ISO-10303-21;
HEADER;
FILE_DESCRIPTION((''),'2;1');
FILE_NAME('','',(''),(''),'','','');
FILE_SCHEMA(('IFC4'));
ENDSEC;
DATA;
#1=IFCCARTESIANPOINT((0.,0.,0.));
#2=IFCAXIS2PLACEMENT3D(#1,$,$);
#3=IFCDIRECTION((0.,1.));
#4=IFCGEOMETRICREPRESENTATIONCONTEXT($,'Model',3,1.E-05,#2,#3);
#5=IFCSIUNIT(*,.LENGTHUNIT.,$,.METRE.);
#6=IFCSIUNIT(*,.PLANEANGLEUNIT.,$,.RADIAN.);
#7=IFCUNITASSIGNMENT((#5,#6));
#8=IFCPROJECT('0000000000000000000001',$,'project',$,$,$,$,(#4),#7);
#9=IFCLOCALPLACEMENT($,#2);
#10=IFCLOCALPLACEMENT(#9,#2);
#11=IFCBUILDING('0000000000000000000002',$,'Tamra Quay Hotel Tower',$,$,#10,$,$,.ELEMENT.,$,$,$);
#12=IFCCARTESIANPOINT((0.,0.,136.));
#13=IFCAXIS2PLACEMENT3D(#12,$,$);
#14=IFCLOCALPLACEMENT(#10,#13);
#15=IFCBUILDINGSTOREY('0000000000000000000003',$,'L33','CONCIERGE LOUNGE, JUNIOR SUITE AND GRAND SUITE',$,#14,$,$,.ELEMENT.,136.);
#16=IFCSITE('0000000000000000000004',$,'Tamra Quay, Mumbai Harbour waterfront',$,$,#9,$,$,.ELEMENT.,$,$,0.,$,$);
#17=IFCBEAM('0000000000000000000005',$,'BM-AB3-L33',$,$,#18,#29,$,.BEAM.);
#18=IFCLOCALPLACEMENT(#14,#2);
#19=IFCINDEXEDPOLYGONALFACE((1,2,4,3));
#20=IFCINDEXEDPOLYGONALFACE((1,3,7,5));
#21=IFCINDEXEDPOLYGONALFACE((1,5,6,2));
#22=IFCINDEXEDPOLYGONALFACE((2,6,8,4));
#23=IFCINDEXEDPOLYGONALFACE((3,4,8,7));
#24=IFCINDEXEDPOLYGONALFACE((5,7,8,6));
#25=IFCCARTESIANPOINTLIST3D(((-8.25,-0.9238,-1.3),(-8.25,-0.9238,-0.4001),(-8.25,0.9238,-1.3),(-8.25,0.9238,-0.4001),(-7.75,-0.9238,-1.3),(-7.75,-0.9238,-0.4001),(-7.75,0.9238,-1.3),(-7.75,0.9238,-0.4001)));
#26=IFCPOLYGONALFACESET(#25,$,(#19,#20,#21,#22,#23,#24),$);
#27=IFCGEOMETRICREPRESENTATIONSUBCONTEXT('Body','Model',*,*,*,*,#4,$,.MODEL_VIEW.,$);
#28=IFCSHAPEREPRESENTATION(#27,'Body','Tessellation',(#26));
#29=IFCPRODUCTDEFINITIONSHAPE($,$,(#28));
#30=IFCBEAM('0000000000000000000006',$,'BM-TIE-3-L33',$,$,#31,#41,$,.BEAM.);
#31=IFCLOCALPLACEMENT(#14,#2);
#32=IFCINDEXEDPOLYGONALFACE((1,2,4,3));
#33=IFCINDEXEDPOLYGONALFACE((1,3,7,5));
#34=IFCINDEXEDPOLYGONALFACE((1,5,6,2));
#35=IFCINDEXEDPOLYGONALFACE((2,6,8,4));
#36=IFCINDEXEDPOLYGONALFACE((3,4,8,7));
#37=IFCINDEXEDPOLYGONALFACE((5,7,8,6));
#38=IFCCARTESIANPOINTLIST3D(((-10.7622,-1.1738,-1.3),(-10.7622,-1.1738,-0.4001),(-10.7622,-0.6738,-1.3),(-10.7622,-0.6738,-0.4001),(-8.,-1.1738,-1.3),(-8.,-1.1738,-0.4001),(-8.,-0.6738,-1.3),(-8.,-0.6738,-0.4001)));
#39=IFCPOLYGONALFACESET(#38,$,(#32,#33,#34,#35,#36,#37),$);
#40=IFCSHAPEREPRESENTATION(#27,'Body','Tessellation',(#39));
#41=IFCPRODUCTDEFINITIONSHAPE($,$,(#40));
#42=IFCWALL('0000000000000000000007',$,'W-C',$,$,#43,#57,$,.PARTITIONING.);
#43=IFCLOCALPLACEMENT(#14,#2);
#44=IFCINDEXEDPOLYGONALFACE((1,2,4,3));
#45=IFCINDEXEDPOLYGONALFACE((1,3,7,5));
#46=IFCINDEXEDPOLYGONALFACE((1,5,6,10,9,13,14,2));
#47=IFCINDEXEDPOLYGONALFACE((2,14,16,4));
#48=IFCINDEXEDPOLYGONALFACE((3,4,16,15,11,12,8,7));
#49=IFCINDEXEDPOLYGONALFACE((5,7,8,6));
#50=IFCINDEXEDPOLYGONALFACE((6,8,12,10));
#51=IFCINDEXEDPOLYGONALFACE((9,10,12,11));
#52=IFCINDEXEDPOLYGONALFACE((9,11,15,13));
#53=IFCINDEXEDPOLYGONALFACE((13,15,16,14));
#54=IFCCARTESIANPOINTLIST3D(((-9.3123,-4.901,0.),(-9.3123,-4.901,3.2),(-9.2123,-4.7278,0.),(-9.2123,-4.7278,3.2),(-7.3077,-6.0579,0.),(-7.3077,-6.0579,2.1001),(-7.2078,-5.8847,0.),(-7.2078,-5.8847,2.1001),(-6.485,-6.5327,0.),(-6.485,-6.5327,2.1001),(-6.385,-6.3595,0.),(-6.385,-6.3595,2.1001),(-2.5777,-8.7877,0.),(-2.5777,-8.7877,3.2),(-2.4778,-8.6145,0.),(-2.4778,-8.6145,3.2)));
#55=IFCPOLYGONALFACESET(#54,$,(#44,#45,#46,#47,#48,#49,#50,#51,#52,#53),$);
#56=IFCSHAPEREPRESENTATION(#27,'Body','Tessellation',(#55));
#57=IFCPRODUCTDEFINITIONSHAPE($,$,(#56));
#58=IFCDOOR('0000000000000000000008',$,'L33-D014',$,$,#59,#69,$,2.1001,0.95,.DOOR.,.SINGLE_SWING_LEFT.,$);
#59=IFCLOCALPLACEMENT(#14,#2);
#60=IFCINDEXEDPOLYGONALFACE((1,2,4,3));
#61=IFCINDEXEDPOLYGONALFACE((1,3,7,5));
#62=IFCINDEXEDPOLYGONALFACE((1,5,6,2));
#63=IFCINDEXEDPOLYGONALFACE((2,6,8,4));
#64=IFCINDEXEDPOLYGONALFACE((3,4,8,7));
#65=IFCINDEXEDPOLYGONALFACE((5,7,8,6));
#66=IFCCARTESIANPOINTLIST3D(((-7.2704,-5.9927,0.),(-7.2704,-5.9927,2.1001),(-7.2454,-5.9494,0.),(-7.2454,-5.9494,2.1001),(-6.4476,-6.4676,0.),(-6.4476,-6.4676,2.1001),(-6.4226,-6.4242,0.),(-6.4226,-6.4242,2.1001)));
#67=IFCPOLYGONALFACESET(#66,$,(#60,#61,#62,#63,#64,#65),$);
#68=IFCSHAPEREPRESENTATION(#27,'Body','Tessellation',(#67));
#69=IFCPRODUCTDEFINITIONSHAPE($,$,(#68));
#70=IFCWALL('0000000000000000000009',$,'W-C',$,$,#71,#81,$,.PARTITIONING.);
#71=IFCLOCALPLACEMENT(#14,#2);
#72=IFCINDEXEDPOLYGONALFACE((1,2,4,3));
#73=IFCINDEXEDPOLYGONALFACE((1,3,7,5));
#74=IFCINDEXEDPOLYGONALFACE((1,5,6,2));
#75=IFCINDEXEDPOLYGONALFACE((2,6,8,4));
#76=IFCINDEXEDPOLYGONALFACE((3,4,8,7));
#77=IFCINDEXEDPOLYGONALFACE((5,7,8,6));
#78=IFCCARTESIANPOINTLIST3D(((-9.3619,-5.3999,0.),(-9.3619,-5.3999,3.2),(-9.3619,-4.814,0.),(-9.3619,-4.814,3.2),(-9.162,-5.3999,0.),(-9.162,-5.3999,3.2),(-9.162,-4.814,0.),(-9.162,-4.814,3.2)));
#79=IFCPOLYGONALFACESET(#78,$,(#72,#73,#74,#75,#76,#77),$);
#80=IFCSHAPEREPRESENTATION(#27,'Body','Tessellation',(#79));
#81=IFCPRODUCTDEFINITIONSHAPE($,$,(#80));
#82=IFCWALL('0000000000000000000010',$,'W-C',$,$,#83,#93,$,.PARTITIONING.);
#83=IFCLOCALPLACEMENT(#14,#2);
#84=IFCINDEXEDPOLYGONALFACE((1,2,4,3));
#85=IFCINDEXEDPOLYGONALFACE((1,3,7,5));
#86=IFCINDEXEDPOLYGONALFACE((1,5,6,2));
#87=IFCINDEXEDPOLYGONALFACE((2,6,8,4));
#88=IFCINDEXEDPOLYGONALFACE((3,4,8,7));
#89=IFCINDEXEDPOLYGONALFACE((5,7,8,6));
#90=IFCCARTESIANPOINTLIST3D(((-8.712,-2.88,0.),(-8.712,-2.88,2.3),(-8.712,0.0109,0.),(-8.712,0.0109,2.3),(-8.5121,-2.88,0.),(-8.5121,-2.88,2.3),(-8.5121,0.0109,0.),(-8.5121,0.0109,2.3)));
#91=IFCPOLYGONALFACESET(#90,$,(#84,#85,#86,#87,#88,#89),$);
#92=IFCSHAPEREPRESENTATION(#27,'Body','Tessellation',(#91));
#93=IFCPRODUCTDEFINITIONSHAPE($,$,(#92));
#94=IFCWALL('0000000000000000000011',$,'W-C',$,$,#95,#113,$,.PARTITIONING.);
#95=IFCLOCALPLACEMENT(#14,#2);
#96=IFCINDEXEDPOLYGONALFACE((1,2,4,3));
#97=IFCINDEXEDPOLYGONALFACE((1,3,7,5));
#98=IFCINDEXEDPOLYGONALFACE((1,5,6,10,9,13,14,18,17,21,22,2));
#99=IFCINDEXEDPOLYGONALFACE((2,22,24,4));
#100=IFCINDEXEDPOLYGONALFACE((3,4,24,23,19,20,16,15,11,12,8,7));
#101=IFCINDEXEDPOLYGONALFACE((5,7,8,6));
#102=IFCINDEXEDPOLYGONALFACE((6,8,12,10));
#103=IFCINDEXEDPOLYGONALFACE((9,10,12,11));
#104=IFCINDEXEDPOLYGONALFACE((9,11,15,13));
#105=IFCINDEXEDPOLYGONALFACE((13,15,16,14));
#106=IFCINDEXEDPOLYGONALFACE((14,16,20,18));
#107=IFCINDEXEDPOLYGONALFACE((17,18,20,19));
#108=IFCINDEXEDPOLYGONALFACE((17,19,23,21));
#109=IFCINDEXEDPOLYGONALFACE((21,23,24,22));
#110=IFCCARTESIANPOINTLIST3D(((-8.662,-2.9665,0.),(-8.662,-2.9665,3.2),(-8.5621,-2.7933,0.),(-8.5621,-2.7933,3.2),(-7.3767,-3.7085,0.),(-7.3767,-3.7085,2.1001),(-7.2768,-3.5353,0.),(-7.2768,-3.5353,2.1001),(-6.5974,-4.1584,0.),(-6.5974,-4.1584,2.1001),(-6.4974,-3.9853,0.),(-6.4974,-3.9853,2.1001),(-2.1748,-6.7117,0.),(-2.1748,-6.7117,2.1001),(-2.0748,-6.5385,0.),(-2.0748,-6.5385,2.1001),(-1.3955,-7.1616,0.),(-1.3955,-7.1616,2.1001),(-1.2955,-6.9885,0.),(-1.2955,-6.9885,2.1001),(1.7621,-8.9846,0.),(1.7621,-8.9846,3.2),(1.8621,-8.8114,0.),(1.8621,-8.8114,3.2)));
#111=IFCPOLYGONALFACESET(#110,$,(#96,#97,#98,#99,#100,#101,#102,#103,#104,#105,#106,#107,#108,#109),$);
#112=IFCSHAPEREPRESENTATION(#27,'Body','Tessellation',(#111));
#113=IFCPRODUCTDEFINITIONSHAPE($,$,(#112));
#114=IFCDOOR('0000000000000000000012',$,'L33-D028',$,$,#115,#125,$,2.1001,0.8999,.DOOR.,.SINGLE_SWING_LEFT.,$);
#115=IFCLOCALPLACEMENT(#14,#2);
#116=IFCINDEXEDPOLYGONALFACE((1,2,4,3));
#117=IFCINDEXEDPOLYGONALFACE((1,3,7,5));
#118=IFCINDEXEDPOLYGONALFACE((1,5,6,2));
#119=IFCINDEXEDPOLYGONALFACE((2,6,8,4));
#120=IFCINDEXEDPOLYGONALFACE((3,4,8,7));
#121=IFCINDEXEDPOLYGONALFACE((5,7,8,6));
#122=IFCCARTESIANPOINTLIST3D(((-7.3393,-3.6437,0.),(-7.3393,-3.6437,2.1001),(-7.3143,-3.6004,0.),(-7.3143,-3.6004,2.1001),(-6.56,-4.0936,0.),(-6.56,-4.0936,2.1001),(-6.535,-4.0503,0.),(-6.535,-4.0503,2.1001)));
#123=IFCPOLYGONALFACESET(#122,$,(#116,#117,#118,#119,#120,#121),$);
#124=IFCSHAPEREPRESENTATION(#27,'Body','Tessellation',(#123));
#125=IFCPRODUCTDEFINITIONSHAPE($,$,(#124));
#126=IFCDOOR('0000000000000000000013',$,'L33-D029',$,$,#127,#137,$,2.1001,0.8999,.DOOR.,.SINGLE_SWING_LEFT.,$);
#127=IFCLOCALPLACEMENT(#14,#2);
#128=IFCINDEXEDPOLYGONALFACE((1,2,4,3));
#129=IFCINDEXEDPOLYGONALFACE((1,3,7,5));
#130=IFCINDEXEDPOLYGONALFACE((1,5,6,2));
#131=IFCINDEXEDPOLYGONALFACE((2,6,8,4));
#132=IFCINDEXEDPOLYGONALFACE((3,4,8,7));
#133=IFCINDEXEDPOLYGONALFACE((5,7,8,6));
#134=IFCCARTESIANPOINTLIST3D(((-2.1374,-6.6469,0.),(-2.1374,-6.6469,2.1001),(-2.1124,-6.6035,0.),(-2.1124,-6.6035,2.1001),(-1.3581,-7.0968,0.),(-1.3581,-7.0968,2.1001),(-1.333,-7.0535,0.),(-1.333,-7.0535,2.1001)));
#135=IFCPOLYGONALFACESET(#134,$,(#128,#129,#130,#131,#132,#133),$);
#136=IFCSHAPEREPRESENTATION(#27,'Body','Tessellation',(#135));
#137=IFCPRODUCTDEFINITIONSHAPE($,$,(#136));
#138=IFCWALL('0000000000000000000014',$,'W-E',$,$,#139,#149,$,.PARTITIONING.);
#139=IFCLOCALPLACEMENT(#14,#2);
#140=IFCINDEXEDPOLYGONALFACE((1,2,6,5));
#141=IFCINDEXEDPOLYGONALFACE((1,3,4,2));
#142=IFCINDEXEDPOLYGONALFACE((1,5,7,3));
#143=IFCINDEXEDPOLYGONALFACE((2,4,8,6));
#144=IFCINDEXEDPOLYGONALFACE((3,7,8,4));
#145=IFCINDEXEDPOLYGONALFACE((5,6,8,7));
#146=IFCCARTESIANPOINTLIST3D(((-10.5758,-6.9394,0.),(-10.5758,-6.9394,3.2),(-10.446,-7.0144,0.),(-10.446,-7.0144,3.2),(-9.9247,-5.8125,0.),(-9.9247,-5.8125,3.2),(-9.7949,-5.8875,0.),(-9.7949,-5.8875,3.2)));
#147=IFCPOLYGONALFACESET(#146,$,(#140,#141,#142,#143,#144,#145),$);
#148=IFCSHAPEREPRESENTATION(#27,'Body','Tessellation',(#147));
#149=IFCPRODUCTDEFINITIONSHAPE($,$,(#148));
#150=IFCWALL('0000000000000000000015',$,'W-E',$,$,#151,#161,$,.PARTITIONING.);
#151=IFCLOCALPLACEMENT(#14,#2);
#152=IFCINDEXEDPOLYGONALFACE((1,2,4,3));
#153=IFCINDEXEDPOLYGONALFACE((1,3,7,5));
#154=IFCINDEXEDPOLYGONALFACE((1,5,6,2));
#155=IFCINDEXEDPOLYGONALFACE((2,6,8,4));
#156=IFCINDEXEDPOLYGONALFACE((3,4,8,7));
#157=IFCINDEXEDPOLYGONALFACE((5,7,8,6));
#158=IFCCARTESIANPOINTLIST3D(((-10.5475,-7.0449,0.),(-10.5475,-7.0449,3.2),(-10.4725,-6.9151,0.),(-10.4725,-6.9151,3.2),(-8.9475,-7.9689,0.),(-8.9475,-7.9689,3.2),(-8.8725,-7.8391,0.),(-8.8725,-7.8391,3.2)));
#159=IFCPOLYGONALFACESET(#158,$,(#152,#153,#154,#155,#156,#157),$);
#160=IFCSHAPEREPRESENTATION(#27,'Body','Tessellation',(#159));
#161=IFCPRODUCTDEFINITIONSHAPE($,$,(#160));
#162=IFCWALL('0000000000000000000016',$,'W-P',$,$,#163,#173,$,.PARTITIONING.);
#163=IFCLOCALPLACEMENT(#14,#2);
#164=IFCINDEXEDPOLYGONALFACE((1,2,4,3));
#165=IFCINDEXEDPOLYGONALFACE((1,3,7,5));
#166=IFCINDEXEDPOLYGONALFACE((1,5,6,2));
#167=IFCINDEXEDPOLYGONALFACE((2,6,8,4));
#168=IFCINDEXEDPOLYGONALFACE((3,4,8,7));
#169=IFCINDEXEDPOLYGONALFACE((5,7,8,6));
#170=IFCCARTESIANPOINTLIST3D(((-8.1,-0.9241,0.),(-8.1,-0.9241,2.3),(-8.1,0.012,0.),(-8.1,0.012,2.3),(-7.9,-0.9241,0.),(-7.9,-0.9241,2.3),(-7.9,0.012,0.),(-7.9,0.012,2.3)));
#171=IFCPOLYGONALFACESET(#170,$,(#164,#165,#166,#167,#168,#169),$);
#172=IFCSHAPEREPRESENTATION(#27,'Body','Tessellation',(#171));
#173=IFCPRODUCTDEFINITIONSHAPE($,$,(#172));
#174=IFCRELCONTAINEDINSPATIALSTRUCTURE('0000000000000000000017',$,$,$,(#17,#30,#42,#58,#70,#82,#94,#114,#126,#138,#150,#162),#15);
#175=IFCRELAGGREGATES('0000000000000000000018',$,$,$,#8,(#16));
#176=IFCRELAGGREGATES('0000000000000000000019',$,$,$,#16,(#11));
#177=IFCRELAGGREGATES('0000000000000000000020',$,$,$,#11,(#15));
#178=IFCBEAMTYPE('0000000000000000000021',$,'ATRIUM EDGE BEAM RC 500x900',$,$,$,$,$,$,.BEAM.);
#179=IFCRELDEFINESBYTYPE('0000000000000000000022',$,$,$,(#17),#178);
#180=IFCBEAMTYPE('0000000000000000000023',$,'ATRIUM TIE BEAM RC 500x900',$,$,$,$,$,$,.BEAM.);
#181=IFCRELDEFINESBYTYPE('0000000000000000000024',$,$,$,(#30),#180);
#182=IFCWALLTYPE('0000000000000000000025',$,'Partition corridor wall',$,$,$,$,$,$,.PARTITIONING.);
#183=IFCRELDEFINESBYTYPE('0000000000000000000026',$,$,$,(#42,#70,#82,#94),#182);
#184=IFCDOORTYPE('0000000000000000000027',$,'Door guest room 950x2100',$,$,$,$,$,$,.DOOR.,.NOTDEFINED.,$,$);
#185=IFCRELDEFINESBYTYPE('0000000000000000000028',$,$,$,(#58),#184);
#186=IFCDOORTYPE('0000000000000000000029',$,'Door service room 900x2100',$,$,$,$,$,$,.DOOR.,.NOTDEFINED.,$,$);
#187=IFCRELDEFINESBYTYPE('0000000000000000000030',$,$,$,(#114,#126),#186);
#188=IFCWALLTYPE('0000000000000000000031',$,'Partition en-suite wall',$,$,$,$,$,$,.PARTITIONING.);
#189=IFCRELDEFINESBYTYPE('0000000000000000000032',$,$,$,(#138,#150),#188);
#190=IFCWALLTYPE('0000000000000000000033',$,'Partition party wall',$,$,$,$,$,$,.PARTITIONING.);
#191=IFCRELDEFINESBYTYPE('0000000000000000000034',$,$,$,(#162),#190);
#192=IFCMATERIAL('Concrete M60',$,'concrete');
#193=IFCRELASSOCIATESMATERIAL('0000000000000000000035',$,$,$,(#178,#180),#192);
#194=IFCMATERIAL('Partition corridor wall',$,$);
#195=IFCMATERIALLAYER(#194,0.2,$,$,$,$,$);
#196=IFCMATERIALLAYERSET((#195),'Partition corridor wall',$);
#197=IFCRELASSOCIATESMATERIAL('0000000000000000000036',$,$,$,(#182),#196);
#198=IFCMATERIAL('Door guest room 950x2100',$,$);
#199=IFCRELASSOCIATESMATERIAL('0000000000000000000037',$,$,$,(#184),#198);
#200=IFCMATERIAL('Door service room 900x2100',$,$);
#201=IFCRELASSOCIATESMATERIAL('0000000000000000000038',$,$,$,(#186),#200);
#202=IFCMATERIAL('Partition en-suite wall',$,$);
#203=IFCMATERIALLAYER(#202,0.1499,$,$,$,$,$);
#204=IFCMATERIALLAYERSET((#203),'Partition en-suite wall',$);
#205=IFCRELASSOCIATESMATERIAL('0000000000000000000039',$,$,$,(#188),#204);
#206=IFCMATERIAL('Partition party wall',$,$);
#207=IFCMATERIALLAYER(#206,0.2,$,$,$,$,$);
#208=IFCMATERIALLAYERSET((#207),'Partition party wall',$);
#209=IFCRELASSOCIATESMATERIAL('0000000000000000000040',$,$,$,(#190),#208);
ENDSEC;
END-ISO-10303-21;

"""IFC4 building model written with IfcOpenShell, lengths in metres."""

from ifc_helpers import new_model, si_unit, direction, frame, frame_2d, origin, origin_2d, place, context, subcontext, project, spatial, rectangle, extrude, material, layer, layer_set, material_profile, profile_set, type_object, element, fill, save


model = new_model("IFC4")

# Units and contexts
model_context = context("Model", 3, precision=1e-05, world=origin(), true_north=direction((0.0, 1.0)))
body_context = subcontext(model_context, "Body", "Model", "MODEL_VIEW")
ifc_project = project(units=[si_unit("LENGTHUNIT", "METRE"), si_unit("PLANEANGLEUNIT", "RADIAN")], contexts=[model_context])

# Site, building, storey
site_placement = place(None, origin())
site = spatial("IfcSite", under=ifc_project, at=site_placement, Name="Tamra Quay, Mumbai Harbour waterfront", CompositionType="ELEMENT", RefElevation=0.0)
building_placement = place(site_placement, origin())
building = spatial("IfcBuilding", under=site, at=building_placement, Name="Tamra Quay Hotel Tower", CompositionType="ELEMENT")
storey_placement = place(building_placement, frame((0.0, 0.0, 136.0)))
storey = spatial("IfcBuildingStorey", under=building, at=storey_placement, Name="L33", Description="CONCIERGE LOUNGE, JUNIOR SUITE AND GRAND SUITE", CompositionType="ELEMENT", Elevation=136.0)

# Beams
ifc_material_1 = material(Name="Concrete M60", Category="concrete")
ifc_material_profile_1 = material_profile(ifc_material_1, rectangle(XDim=0.5, YDim=0.8999, at=origin_2d()), Name="ATRIUM EDGE BEAM RC 500x900")
ifc_profile_set_1 = profile_set([ifc_material_profile_1], Name="Concrete M60")
beam_type_1 = type_object("IfcBeamType", Name="ATRIUM EDGE BEAM RC 500x900", PredefinedType="BEAM", material=ifc_profile_set_1)
beam_1_placement = place(storey_placement, frame((-8.0, -0.9238, -0.8501), z_axis=(0.0, 1.0, 0.0), x_axis=(-1.0, 0.0, 0.0)))
element("IfcBeam", 1, at=beam_1_placement, inside=storey, type_object=beam_type_1, Name="BM-AB3-L33", PredefinedType="BEAM", context=body_context, shape_type="SweptSolid", body=[
    extrude(rectangle(XDim=0.5, YDim=0.8999, at=origin_2d()), origin(), (0.0, 0.0, 1.0), 1.8477),
])
ifc_material_profile_2 = material_profile(ifc_material_1, rectangle(XDim=0.5, YDim=0.8999, at=origin_2d()), Name="ATRIUM TIE BEAM RC 500x900")
ifc_profile_set_2 = profile_set([ifc_material_profile_2], Name="Concrete M60")
beam_type_2 = type_object("IfcBeamType", Name="ATRIUM TIE BEAM RC 500x900", PredefinedType="BEAM", material=ifc_profile_set_2)
beam_2_placement = place(storey_placement, frame((-8.0, -0.9238, -0.8501), z_axis=(-1.0, 0.0, 0.0), x_axis=(0.0, -1.0, 0.0)))
element("IfcBeam", 2, at=beam_2_placement, inside=storey, type_object=beam_type_2, Name="BM-TIE-3-L33", PredefinedType="BEAM", context=body_context, shape_type="SweptSolid", body=[
    extrude(rectangle(XDim=0.5, YDim=0.8999, at=origin_2d()), origin(), (0.0, 0.0, 1.0), 2.7622),
])

# Wall, opening, door
ifc_material_2 = material(Name="Partition corridor wall")
ifc_layer_1 = layer(ifc_material_2, 0.2)
ifc_layer_set_1 = layer_set([ifc_layer_1], Name="Partition corridor wall")
wall_type_1 = type_object("IfcWallType", Name="Partition corridor wall", PredefinedType="PARTITIONING", material=ifc_layer_set_1)
wall_1_placement = place(storey_placement, frame((-9.2622, -4.8145, 0.0), z_axis=(0.0, 0.0, 1.0), x_axis=(0.86611, -0.499854, 0.0)))
wall_1 = element("IfcWall", 3, at=wall_1_placement, inside=storey, type_object=wall_type_1, Name="W-C", PredefinedType="PARTITIONING", context=body_context, shape_type="SweptSolid", body=[
    extrude(rectangle(XDim=7.7756, YDim=0.2, at=frame_2d((3.8877, 0.0))), origin(), (0.0, 0.0, 1.0), 3.2),
])
opening_1_placement = place(wall_1_placement, frame((2.3142, 0.0, 0.0)))
opening_1 = element("IfcOpeningElement", 4, at=opening_1_placement, cuts=wall_1, PredefinedType="OPENING", context=body_context, shape_type="SweptSolid", body=[
    extrude(rectangle(XDim=0.95, YDim=2.1001, at=frame_2d((0.4751, 1.05))), frame((0.0, 0.1099, 0.0), z_axis=(0.0, -1.0, 0.0), x_axis=(1.0, 0.0, 0.0)), (0.0, 0.0, 1.0), 0.22),
])
ifc_material_3 = material(Name="Door guest room 950x2100")
door_type_1 = type_object("IfcDoorType", Name="Door guest room 950x2100", OperationType="NOTDEFINED", PredefinedType="DOOR", material=ifc_material_3)
door_1_placement = place(opening_1_placement, frame((0.95, 0.0, 0.0), z_axis=(0.0, 0.0, 1.0), x_axis=(-1.0, 0.0, 0.0)))
door_1 = element("IfcDoor", 5, at=door_1_placement, inside=storey, type_object=door_type_1, Name="L33-D014", OperationType="SINGLE_SWING_LEFT", OverallHeight=2.1001, OverallWidth=0.95, PredefinedType="DOOR", context=body_context, shape_type="SweptSolid", body=[
    extrude(rectangle(XDim=0.95, YDim=2.1001, at=frame_2d((0.4751, 1.05))), frame((0.0, 0.0249, 0.0), z_axis=(0.0, -1.0, 0.0), x_axis=(1.0, 0.0, 0.0)), (0.0, 0.0, 1.0), 0.05),
])
fill(opening_1, door_1)

# Walls
wall_2_placement = place(storey_placement, frame((-9.262, -5.3999, 0.0), z_axis=(0.0, 0.0, 1.0), x_axis=(0.0, 1.0, 0.0)))
element("IfcWall", 6, at=wall_2_placement, inside=storey, type_object=wall_type_1, Name="W-C", PredefinedType="PARTITIONING", context=body_context, shape_type="SweptSolid", body=[
    extrude(rectangle(XDim=0.5859, YDim=0.2, at=frame_2d((0.293, 0.0))), origin(), (0.0, 0.0, 1.0), 3.2),
])
wall_3_placement = place(storey_placement, frame((-8.6121, -2.8799, 0.0), z_axis=(0.0, 0.0, 1.0), x_axis=(0.0, 1.0, 0.0)))
element("IfcWall", 7, at=wall_3_placement, inside=storey, type_object=wall_type_1, Name="W-C", PredefinedType="PARTITIONING", context=body_context, shape_type="SweptSolid", body=[
    extrude(rectangle(XDim=2.8909, YDim=0.2, at=frame_2d((1.4453, 0.0))), origin(), (0.0, 0.0, 1.0), 2.3),
])

# Wall, openings, doors
wall_4_placement = place(storey_placement, frame((-8.6121, -2.8799, 0.0), z_axis=(0.0, 0.0, 1.0), x_axis=(0.866035, -0.499983, 0.0)))
wall_4 = element("IfcWall", 8, at=wall_4_placement, inside=storey, type_object=wall_type_1, Name="W-C", PredefinedType="PARTITIONING", context=body_context, shape_type="SweptSolid", body=[
    extrude(rectangle(XDim=12.0366, YDim=0.2, at=frame_2d((6.0183, 0.0))), origin(), (0.0, 0.0, 1.0), 3.2),
])
opening_2_placement = place(wall_4_placement, frame((1.4841, 0.0, 0.0)))
opening_2 = element("IfcOpeningElement", 9, at=opening_2_placement, cuts=wall_4, PredefinedType="OPENING", context=body_context, shape_type="SweptSolid", body=[
    extrude(rectangle(XDim=0.8999, YDim=2.1001, at=frame_2d((0.45, 1.05))), frame((0.0, 0.1099, 0.0), z_axis=(0.0, -1.0, 0.0), x_axis=(1.0, 0.0, 0.0)), (0.0, 0.0, 1.0), 0.22),
])
opening_3_placement = place(wall_4_placement, frame((7.4907, 0.0, 0.0)))
opening_3 = element("IfcOpeningElement", 10, at=opening_3_placement, cuts=wall_4, PredefinedType="OPENING", context=body_context, shape_type="SweptSolid", body=[
    extrude(rectangle(XDim=0.8999, YDim=2.1001, at=frame_2d((0.45, 1.05))), frame((0.0, 0.1099, 0.0), z_axis=(0.0, -1.0, 0.0), x_axis=(1.0, 0.0, 0.0)), (0.0, 0.0, 1.0), 0.22),
])
ifc_material_4 = material(Name="Door service room 900x2100")
door_type_2 = type_object("IfcDoorType", Name="Door service room 900x2100", OperationType="NOTDEFINED", PredefinedType="DOOR", material=ifc_material_4)
door_2_placement = place(opening_2_placement, origin())
door_2 = element("IfcDoor", 11, at=door_2_placement, inside=storey, type_object=door_type_2, Name="L33-D028", OperationType="SINGLE_SWING_LEFT", OverallHeight=2.1001, OverallWidth=0.8999, PredefinedType="DOOR", context=body_context, shape_type="SweptSolid", body=[
    extrude(rectangle(XDim=0.8999, YDim=2.1001, at=frame_2d((0.45, 1.05))), frame((0.0, 0.0249, 0.0), z_axis=(0.0, -1.0, 0.0), x_axis=(1.0, 0.0, 0.0)), (0.0, 0.0, 1.0), 0.05),
])
fill(opening_2, door_2)
door_3_placement = place(opening_3_placement, origin())
door_3 = element("IfcDoor", 12, at=door_3_placement, inside=storey, type_object=door_type_2, Name="L33-D029", OperationType="SINGLE_SWING_LEFT", OverallHeight=2.1001, OverallWidth=0.8999, PredefinedType="DOOR", context=body_context, shape_type="SweptSolid", body=[
    extrude(rectangle(XDim=0.8999, YDim=2.1001, at=frame_2d((0.45, 1.05))), frame((0.0, 0.0249, 0.0), z_axis=(0.0, -1.0, 0.0), x_axis=(1.0, 0.0, 0.0)), (0.0, 0.0, 1.0), 0.05),
])
fill(opening_3, door_3)

# Walls
ifc_material_5 = material(Name="Partition en-suite wall")
ifc_layer_2 = layer(ifc_material_5, 0.1499)
ifc_layer_set_2 = layer_set([ifc_layer_2], Name="Partition en-suite wall")
wall_type_2 = type_object("IfcWallType", Name="Partition en-suite wall", PredefinedType="PARTITIONING", material=ifc_layer_set_2)
wall_5_placement = place(storey_placement, frame((-10.511, -6.9771, 0.0), z_axis=(0.0, 0.0, 1.0), x_axis=(0.500274, 0.865867, 0.0)))
element("IfcWall", 13, at=wall_5_placement, inside=storey, type_object=wall_type_2, Name="W-E", PredefinedType="PARTITIONING", context=body_context, shape_type="SweptSolid", body=[
    extrude(rectangle(XDim=1.3015, YDim=0.1499, at=frame_2d((0.6509, 0.0))), origin(), (0.0, 0.0, 1.0), 3.2),
])
wall_6_placement = place(storey_placement, frame((-10.51, -6.98, 0.0), z_axis=(0.0, 0.0, 1.0), x_axis=(0.865966, -0.500104, 0.0)))
element("IfcWall", 14, at=wall_6_placement, inside=storey, type_object=wall_type_2, Name="W-E", PredefinedType="PARTITIONING", context=body_context, shape_type="SweptSolid", body=[
    extrude(rectangle(XDim=1.8477, YDim=0.1499, at=frame_2d((0.9238, 0.0))), origin(), (0.0, 0.0, 1.0), 3.2),
])
ifc_material_6 = material(Name="Partition party wall")
ifc_layer_3 = layer(ifc_material_6, 0.2)
ifc_layer_set_3 = layer_set([ifc_layer_3], Name="Partition party wall")
wall_type_3 = type_object("IfcWallType", Name="Partition party wall", PredefinedType="PARTITIONING", material=ifc_layer_set_3)
wall_7_placement = place(storey_placement, frame((-8.0, -0.9241, 0.0), z_axis=(0.0, 0.0, 1.0), x_axis=(0.0, 1.0, 0.0)))
element("IfcWall", 15, at=wall_7_placement, inside=storey, type_object=wall_type_3, Name="W-P", PredefinedType="PARTITIONING", context=body_context, shape_type="SweptSolid", body=[
    extrude(rectangle(XDim=0.936, YDim=0.2, at=frame_2d((0.468, 0.0))), origin(), (0.0, 0.0, 1.0), 2.3),
])

save(model, "model.ifc")
